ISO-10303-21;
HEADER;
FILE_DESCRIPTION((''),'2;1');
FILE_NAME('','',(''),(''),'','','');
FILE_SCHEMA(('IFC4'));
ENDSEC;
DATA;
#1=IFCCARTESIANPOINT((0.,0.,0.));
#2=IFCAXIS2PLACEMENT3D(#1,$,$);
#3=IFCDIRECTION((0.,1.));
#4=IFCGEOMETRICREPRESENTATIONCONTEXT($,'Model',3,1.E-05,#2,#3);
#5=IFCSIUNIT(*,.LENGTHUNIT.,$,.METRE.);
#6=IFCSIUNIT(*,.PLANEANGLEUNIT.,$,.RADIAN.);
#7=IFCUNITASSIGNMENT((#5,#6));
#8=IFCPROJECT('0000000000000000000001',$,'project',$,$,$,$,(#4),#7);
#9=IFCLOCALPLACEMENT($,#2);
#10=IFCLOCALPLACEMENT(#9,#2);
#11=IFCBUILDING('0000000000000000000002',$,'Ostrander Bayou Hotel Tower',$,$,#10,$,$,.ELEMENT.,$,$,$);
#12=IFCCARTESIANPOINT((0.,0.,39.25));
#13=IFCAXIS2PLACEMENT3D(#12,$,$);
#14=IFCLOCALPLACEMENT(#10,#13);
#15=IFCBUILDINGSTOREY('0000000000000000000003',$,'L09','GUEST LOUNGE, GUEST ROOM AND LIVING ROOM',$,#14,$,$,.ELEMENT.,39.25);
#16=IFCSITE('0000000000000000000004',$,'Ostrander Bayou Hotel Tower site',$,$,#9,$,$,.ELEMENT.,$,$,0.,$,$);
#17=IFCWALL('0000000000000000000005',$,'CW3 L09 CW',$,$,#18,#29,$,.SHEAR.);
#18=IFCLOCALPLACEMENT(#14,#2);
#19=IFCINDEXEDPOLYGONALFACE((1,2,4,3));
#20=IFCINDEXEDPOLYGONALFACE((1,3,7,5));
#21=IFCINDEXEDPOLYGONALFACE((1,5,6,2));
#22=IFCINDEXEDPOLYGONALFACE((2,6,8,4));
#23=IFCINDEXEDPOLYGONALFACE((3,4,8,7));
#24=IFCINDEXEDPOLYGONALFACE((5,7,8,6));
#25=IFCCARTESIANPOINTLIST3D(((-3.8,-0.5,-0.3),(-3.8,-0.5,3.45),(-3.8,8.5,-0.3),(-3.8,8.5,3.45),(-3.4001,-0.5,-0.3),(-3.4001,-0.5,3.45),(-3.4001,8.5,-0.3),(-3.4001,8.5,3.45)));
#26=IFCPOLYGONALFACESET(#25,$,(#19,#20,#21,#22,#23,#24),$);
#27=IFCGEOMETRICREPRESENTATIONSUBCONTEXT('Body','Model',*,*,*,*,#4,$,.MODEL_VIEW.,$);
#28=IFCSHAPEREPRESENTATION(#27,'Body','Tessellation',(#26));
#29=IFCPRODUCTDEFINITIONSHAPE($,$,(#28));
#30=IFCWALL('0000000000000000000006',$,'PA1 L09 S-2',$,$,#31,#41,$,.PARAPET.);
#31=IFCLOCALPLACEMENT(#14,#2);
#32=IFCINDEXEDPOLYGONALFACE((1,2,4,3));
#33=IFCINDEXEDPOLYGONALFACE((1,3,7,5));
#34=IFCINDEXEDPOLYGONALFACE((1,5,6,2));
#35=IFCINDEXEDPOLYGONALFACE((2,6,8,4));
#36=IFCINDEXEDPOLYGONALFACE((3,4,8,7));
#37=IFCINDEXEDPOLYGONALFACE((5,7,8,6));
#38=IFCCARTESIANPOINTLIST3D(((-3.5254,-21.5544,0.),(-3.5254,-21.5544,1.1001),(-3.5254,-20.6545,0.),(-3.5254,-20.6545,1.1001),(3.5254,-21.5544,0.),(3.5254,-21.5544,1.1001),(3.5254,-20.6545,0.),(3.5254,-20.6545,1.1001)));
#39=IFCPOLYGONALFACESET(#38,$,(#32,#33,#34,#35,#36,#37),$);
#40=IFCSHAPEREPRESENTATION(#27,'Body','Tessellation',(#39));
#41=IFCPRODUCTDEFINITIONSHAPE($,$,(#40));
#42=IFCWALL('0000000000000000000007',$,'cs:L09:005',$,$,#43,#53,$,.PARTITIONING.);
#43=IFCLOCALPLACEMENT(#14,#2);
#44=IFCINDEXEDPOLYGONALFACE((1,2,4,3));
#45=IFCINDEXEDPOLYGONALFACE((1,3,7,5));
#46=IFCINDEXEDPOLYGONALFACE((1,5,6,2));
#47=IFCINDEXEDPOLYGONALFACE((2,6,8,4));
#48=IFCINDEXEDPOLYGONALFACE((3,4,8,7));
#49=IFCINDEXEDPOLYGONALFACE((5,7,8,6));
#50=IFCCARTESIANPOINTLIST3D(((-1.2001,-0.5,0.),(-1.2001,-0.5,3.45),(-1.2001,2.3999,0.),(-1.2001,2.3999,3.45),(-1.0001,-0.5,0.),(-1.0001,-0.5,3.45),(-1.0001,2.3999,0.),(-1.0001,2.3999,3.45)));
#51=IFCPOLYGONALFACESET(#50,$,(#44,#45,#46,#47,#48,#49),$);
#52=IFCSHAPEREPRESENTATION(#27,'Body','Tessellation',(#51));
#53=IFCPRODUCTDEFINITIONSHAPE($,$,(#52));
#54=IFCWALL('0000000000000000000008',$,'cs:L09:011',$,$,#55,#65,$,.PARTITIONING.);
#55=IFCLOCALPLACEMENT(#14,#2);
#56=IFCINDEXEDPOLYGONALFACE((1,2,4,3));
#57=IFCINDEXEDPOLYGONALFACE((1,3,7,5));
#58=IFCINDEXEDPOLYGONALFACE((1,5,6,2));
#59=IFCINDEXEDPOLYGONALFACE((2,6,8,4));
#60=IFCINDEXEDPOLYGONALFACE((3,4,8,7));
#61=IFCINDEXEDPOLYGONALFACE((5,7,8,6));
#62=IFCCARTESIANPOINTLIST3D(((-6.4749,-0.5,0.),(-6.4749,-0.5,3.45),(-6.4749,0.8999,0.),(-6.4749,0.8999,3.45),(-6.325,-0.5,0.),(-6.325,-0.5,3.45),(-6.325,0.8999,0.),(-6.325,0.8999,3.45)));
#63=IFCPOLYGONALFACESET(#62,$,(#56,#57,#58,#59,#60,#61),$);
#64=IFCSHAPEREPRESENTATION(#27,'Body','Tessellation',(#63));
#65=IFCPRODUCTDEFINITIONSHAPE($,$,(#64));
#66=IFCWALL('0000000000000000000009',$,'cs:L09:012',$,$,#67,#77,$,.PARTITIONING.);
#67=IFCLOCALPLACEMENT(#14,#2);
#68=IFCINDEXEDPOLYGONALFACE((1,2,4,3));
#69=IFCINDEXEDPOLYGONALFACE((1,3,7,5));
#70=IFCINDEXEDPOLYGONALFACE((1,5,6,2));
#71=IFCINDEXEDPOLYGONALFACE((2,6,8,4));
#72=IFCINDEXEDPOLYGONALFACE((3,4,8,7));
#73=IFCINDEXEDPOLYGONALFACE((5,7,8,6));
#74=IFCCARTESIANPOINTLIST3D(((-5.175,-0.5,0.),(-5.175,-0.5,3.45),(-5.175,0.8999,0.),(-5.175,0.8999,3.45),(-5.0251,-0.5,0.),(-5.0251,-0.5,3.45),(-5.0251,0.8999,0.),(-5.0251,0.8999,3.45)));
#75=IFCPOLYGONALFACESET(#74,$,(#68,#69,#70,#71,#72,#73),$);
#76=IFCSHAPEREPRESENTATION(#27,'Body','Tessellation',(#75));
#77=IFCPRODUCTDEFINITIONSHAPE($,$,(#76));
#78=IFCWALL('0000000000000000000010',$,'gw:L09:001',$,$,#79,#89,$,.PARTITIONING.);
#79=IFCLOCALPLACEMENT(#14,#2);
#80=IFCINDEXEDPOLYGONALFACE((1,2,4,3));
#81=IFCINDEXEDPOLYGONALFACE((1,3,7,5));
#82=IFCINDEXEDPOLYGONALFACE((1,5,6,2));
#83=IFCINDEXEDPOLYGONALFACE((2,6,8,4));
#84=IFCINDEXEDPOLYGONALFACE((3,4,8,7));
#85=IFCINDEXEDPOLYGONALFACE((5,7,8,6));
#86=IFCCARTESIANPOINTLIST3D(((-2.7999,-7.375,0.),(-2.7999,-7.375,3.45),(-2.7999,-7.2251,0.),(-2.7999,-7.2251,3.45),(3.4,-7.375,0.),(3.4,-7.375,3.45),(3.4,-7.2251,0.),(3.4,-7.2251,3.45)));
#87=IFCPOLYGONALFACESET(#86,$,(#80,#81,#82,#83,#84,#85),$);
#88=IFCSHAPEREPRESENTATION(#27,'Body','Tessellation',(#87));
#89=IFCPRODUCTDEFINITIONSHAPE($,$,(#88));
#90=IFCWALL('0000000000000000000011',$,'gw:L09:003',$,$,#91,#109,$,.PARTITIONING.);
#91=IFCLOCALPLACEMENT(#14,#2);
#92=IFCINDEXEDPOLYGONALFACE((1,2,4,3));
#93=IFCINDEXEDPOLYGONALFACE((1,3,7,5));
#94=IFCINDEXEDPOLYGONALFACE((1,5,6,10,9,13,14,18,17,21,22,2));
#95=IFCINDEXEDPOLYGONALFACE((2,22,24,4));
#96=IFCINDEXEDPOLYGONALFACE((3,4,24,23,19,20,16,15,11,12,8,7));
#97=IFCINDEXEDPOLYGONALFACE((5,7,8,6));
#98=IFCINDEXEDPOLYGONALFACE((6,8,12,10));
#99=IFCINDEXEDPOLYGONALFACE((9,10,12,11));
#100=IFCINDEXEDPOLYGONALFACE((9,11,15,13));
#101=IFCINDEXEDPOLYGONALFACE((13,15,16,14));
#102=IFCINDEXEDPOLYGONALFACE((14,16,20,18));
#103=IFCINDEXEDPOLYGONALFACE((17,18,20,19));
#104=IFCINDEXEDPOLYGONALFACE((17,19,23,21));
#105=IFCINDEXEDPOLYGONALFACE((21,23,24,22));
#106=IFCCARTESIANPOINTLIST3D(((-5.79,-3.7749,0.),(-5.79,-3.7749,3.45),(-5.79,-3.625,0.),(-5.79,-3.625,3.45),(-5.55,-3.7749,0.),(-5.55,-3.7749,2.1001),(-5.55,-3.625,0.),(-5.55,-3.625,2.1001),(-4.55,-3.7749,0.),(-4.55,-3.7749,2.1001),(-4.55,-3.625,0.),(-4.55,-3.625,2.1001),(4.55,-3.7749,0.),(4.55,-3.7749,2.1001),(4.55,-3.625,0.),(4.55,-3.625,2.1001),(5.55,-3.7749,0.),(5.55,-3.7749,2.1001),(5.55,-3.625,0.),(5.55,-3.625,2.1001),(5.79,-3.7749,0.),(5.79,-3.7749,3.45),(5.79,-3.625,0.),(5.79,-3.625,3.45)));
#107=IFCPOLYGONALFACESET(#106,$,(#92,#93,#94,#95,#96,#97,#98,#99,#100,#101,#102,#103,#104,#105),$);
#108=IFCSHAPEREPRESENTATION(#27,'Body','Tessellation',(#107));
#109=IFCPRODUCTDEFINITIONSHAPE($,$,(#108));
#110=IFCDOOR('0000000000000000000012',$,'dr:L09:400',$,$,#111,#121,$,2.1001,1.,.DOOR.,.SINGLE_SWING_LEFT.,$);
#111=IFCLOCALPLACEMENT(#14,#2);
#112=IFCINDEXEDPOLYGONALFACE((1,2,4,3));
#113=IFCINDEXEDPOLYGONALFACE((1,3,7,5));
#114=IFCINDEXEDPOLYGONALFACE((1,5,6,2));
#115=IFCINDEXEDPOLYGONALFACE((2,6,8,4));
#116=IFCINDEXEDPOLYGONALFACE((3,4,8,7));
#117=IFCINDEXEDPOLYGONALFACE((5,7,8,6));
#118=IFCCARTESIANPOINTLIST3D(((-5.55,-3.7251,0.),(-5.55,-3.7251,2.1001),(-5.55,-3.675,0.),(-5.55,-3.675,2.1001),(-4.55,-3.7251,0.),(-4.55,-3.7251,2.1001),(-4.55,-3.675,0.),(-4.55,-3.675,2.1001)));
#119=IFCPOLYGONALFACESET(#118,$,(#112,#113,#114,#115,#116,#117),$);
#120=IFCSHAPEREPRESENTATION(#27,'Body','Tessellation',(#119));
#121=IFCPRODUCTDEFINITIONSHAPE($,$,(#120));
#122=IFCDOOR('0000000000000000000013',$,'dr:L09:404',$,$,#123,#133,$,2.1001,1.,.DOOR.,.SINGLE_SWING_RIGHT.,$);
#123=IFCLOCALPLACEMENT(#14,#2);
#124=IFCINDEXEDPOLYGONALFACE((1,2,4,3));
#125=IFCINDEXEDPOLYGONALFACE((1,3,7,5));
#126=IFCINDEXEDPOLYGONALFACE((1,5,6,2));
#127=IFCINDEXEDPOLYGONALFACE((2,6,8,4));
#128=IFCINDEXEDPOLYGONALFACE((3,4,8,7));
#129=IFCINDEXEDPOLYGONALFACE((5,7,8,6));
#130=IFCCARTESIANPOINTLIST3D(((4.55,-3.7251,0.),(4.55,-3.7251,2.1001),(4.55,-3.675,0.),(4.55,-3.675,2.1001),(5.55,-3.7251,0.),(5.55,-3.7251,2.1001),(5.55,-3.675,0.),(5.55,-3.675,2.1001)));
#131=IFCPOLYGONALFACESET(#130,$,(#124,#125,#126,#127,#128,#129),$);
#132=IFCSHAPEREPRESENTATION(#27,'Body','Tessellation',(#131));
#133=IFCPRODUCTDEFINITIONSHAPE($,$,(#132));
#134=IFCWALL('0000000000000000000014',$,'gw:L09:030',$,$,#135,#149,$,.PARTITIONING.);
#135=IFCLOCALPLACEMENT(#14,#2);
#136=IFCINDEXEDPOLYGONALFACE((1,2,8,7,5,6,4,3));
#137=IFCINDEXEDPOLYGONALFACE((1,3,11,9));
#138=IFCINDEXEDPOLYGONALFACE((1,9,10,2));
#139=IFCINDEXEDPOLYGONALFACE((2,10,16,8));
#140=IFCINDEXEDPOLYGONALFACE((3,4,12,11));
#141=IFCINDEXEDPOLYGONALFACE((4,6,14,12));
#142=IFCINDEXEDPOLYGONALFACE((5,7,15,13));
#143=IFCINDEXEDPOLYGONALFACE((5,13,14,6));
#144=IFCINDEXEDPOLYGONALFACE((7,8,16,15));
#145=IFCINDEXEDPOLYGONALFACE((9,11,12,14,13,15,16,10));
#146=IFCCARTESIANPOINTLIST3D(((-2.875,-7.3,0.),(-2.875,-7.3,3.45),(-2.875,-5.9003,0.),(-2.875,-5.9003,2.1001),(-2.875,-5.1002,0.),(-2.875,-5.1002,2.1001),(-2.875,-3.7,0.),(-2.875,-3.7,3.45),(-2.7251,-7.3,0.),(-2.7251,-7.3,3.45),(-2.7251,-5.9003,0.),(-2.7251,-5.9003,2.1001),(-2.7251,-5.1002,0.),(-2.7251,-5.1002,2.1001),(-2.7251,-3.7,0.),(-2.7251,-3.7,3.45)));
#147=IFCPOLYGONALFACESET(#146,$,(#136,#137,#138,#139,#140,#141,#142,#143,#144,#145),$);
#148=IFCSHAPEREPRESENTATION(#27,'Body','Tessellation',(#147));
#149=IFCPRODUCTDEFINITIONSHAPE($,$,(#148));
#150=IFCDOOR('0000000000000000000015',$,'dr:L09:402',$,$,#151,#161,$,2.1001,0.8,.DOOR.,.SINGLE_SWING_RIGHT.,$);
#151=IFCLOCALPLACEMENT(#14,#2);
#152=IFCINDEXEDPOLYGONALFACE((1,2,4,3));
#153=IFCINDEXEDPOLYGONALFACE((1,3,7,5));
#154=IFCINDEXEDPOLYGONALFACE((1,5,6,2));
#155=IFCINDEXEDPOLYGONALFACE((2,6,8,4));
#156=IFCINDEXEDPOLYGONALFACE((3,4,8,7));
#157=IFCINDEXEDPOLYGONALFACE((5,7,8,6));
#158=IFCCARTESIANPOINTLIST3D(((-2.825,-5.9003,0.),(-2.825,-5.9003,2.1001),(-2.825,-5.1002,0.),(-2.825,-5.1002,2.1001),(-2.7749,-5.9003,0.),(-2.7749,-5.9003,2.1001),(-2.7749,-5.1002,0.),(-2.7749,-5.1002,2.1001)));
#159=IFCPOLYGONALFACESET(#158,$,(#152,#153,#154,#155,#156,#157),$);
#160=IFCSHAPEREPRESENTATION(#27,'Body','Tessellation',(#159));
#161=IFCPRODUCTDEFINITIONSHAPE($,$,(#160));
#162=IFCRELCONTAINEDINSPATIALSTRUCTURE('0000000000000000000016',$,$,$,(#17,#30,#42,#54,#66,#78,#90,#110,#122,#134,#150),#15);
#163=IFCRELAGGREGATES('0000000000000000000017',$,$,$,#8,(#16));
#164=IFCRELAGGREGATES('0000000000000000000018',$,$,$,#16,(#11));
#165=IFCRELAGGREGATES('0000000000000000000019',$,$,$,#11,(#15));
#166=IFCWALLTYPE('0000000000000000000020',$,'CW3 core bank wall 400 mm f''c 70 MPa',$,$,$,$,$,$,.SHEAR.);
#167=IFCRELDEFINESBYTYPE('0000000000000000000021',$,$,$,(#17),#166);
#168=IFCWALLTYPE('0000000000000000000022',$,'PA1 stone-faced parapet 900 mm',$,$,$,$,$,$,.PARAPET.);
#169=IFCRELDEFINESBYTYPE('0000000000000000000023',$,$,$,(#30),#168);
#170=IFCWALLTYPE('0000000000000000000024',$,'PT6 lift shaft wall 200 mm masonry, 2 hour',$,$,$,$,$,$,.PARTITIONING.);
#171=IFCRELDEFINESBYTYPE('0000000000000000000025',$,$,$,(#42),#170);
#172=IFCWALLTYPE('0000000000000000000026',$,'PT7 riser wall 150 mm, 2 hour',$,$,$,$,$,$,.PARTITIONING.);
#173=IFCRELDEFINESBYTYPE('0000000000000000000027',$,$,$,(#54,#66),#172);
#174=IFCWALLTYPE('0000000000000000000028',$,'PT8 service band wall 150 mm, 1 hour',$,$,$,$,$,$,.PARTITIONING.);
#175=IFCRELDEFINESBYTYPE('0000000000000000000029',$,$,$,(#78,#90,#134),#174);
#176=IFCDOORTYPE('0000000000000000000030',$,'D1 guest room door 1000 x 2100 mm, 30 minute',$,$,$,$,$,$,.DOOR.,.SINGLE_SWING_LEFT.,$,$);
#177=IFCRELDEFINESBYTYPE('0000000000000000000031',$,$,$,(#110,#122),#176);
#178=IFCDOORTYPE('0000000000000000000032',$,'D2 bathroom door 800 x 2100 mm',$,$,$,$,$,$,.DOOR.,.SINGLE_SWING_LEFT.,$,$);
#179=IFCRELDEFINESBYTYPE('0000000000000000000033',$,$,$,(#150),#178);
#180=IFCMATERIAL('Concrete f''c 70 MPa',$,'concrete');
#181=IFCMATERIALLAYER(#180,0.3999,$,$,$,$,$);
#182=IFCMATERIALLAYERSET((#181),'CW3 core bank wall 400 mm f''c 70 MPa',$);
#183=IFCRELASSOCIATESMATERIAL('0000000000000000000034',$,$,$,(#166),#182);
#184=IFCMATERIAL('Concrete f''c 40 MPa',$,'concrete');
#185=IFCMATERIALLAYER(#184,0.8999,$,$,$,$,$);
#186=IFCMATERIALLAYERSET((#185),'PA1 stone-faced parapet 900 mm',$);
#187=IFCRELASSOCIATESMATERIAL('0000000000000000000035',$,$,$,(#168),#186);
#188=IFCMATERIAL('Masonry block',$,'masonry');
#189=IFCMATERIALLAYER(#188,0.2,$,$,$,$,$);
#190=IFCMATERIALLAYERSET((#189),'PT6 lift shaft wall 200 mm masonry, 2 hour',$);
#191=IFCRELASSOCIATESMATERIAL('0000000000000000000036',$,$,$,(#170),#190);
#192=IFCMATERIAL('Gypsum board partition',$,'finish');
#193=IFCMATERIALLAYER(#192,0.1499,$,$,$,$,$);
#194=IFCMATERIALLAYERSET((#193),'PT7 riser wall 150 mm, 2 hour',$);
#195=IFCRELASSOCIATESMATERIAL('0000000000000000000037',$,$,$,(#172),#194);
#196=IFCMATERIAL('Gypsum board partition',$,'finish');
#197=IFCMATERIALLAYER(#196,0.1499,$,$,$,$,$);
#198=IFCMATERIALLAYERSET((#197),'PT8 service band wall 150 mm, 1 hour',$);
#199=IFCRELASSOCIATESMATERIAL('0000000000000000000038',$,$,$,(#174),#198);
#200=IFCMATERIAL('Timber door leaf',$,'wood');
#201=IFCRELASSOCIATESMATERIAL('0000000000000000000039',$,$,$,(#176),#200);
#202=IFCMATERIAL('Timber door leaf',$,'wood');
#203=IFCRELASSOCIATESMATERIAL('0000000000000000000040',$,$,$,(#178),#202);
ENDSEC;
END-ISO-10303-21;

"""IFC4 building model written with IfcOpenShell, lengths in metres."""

from ifc_helpers import new_model, si_unit, direction, frame, frame_2d, origin, place, context, subcontext, project, spatial, rectangle, extrude, material, layer, layer_set, type_object, element, fill, save


model = new_model("IFC4")

# Units and contexts
model_context = context("Model", 3, precision=1e-05, world=origin(), true_north=direction((0.0, 1.0)))
body_context = subcontext(model_context, "Body", "Model", "MODEL_VIEW")
ifc_project = project(units=[si_unit("LENGTHUNIT", "METRE"), si_unit("PLANEANGLEUNIT", "RADIAN")], contexts=[model_context])

# Site, building, storey
site_placement = place(None, origin())
site = spatial("IfcSite", under=ifc_project, at=site_placement, Name="Ostrander Bayou Hotel Tower site", CompositionType="ELEMENT", RefElevation=0.0)
building_placement = place(site_placement, origin())
building = spatial("IfcBuilding", under=site, at=building_placement, Name="Ostrander Bayou Hotel Tower", CompositionType="ELEMENT")
storey_placement = place(building_placement, frame((0.0, 0.0, 39.25)))
storey = spatial("IfcBuildingStorey", under=building, at=storey_placement, Name="L09", Description="GUEST LOUNGE, GUEST ROOM AND LIVING ROOM", CompositionType="ELEMENT", Elevation=39.25)

# Walls
ifc_material_1 = material(Name="Concrete f'c 70 MPa", Category="concrete")
ifc_layer_1 = layer(ifc_material_1, 0.3999)
ifc_layer_set_1 = layer_set([ifc_layer_1], Name="CW3 core bank wall 400 mm f'c 70 MPa")
wall_type_1 = type_object("IfcWallType", Name="CW3 core bank wall 400 mm f'c 70 MPa", PredefinedType="SHEAR", material=ifc_layer_set_1)
wall_1_placement = place(storey_placement, frame((-3.6001, -0.5, -0.3), z_axis=(0.0, 0.0, 1.0), x_axis=(0.0, 1.0, 0.0)))
element("IfcWall", 1, at=wall_1_placement, inside=storey, type_object=wall_type_1, Name="CW3 L09 CW", PredefinedType="SHEAR", context=body_context, shape_type="SweptSolid", body=[
    extrude(rectangle(XDim=9.0, YDim=0.3999, at=frame_2d((4.5, 0.0))), origin(), (0.0, 0.0, 1.0), 3.75),
])
ifc_material_2 = material(Name="Concrete f'c 40 MPa", Category="concrete")
ifc_layer_2 = layer(ifc_material_2, 0.8999)
ifc_layer_set_2 = layer_set([ifc_layer_2], Name="PA1 stone-faced parapet 900 mm")
wall_type_2 = type_object("IfcWallType", Name="PA1 stone-faced parapet 900 mm", PredefinedType="PARAPET", material=ifc_layer_set_2)
wall_2_placement = place(storey_placement, frame((-3.5254, -21.1045, 0.0), z_axis=(0.0, 0.0, 1.0), x_axis=(1.0, 0.0, 0.0)))
element("IfcWall", 2, at=wall_2_placement, inside=storey, type_object=wall_type_2, Name="PA1 L09 S-2", PredefinedType="PARAPET", context=body_context, shape_type="SweptSolid", body=[
    extrude(rectangle(XDim=7.0508, YDim=0.8999, at=frame_2d((3.5254, 0.0))), origin(), (0.0, 0.0, 1.0), 1.1001),
])
ifc_material_3 = material(Name="Masonry block", Category="masonry")
ifc_layer_3 = layer(ifc_material_3, 0.2)
ifc_layer_set_3 = layer_set([ifc_layer_3], Name="PT6 lift shaft wall 200 mm masonry, 2 hour")
wall_type_3 = type_object("IfcWallType", Name="PT6 lift shaft wall 200 mm masonry, 2 hour", PredefinedType="PARTITIONING", material=ifc_layer_set_3)
wall_3_placement = place(storey_placement, frame((-1.1001, -0.5, 0.0), z_axis=(0.0, 0.0, 1.0), x_axis=(0.0, 1.0, 0.0)))
element("IfcWall", 3, at=wall_3_placement, inside=storey, type_object=wall_type_3, Name="cs:L09:005", PredefinedType="PARTITIONING", context=body_context, shape_type="SweptSolid", body=[
    extrude(rectangle(XDim=2.8999, YDim=0.2, at=frame_2d((1.45, 0.0))), origin(), (0.0, 0.0, 1.0), 3.45),
])
ifc_material_4 = material(Name="Gypsum board partition", Category="finish")
ifc_layer_4 = layer(ifc_material_4, 0.1499)
ifc_layer_set_4 = layer_set([ifc_layer_4], Name="PT7 riser wall 150 mm, 2 hour")
wall_type_4 = type_object("IfcWallType", Name="PT7 riser wall 150 mm, 2 hour", PredefinedType="PARTITIONING", material=ifc_layer_set_4)
for number, where, z_axis, x_axis, name in (
    (4, (-6.3999, -0.5, 0.0), (0.0, 0.0, 1.0), (0.0, 1.0, 0.0), "cs:L09:011"),
    (5, (-5.1001, -0.5, 0.0), (0.0, 0.0, 1.0), (0.0, 1.0, 0.0), "cs:L09:012"),
):
    element("IfcWall", number, at=place(storey_placement, frame(where, z_axis=z_axis, x_axis=x_axis)), inside=storey, type_object=wall_type_4, Name=name, PredefinedType="PARTITIONING", context=body_context, shape_type="SweptSolid", body=[
        extrude(rectangle(XDim=1.3999, YDim=0.1499, at=frame_2d((0.7, 0.0))), origin(), (0.0, 0.0, 1.0), 3.45),
    ])
ifc_material_5 = material(Name="Gypsum board partition", Category="finish")
ifc_layer_5 = layer(ifc_material_5, 0.1499)
ifc_layer_set_5 = layer_set([ifc_layer_5], Name="PT8 service band wall 150 mm, 1 hour")
wall_type_5 = type_object("IfcWallType", Name="PT8 service band wall 150 mm, 1 hour", PredefinedType="PARTITIONING", material=ifc_layer_set_5)
wall_4_placement = place(storey_placement, frame((-2.8, -7.3, 0.0), z_axis=(0.0, 0.0, 1.0), x_axis=(1.0, 0.0, 0.0)))
element("IfcWall", 6, at=wall_4_placement, inside=storey, type_object=wall_type_5, Name="gw:L09:001", PredefinedType="PARTITIONING", context=body_context, shape_type="SweptSolid", body=[
    extrude(rectangle(XDim=6.2, YDim=0.1499, at=frame_2d((3.1001, 0.0))), origin(), (0.0, 0.0, 1.0), 3.45),
])

# Wall, openings, doors
wall_5_placement = place(storey_placement, frame((-5.79, -3.7, 0.0), z_axis=(0.0, 0.0, 1.0), x_axis=(1.0, 0.0, 0.0)))
wall_5 = element("IfcWall", 7, at=wall_5_placement, inside=storey, type_object=wall_type_5, Name="gw:L09:003", PredefinedType="PARTITIONING", context=body_context, shape_type="SweptSolid", body=[
    extrude(rectangle(XDim=11.5801, YDim=0.1499, at=frame_2d((5.79, 0.0))), origin(), (0.0, 0.0, 1.0), 3.45),
])
opening_1_placement = place(wall_5_placement, frame((0.24, 0.0, 0.0)))
opening_1 = element("IfcOpeningElement", 8, at=opening_1_placement, cuts=wall_5, PredefinedType="OPENING", context=body_context, shape_type="SweptSolid", body=[
    extrude(rectangle(XDim=1.0, YDim=2.1001, at=frame_2d((0.5, 1.05))), frame((0.0, 0.075, 0.0), z_axis=(0.0, -1.0, 0.0), x_axis=(1.0, 0.0, 0.0)), (0.0, 0.0, 1.0), 0.1499),
])
opening_2_placement = place(wall_5_placement, frame((10.3401, 0.0, 0.0)))
opening_2 = element("IfcOpeningElement", 9, at=opening_2_placement, cuts=wall_5, PredefinedType="OPENING", context=body_context, shape_type="SweptSolid", body=[
    extrude(rectangle(XDim=1.0, YDim=2.1001, at=frame_2d((0.5, 1.05))), frame((0.0, 0.075, 0.0), z_axis=(0.0, -1.0, 0.0), x_axis=(1.0, 0.0, 0.0)), (0.0, 0.0, 1.0), 0.1499),
])
ifc_material_6 = material(Name="Timber door leaf", Category="wood")
door_type_1 = type_object("IfcDoorType", Name="D1 guest room door 1000 x 2100 mm, 30 minute", OperationType="SINGLE_SWING_LEFT", PredefinedType="DOOR", material=ifc_material_6)
door_1_placement = place(opening_1_placement, origin())
door_1 = element("IfcDoor", 10, at=door_1_placement, inside=storey, type_object=door_type_1, Name="dr:L09:400", OperationType="SINGLE_SWING_LEFT", OverallHeight=2.1001, OverallWidth=1.0, PredefinedType="DOOR", context=body_context, shape_type="SweptSolid", body=[
    extrude(rectangle(XDim=1.0, YDim=2.1001, at=frame_2d((0.5, 1.05))), frame((0.0, 0.0249, 0.0), z_axis=(0.0, -1.0, 0.0), x_axis=(1.0, 0.0, 0.0)), (0.0, 0.0, 1.0), 0.05),
])
fill(opening_1, door_1)
door_2_placement = place(opening_2_placement, origin())
door_2 = element("IfcDoor", 11, at=door_2_placement, inside=storey, type_object=door_type_1, Name="dr:L09:404", OperationType="SINGLE_SWING_RIGHT", OverallHeight=2.1001, OverallWidth=1.0, PredefinedType="DOOR", context=body_context, shape_type="SweptSolid", body=[
    extrude(rectangle(XDim=1.0, YDim=2.1001, at=frame_2d((0.5, 1.05))), frame((0.0, 0.0249, 0.0), z_axis=(0.0, -1.0, 0.0), x_axis=(1.0, 0.0, 0.0)), (0.0, 0.0, 1.0), 0.05),
])
fill(opening_2, door_2)

# Wall, opening, door
wall_6_placement = place(storey_placement, frame((-2.8, -7.3, 0.0), z_axis=(0.0, 0.0, 1.0), x_axis=(0.0, 1.0, 0.0)))
wall_6 = element("IfcWall", 12, at=wall_6_placement, inside=storey, type_object=wall_type_5, Name="gw:L09:030", PredefinedType="PARTITIONING", context=body_context, shape_type="SweptSolid", body=[
    extrude(rectangle(XDim=3.6001, YDim=0.1499, at=frame_2d((1.8, 0.0))), origin(), (0.0, 0.0, 1.0), 3.45),
])
opening_3_placement = place(wall_6_placement, frame((1.3999, 0.0, 0.0)))
opening_3 = element("IfcOpeningElement", 13, at=opening_3_placement, cuts=wall_6, PredefinedType="OPENING", context=body_context, shape_type="SweptSolid", body=[
    extrude(rectangle(XDim=0.8, YDim=2.1001, at=frame_2d((0.3999, 1.05))), frame((0.0, 0.075, 0.0), z_axis=(0.0, -1.0, 0.0), x_axis=(1.0, 0.0, 0.0)), (0.0, 0.0, 1.0), 0.1499),
])
ifc_material_7 = material(Name="Timber door leaf", Category="wood")
door_type_2 = type_object("IfcDoorType", Name="D2 bathroom door 800 x 2100 mm", OperationType="SINGLE_SWING_LEFT", PredefinedType="DOOR", material=ifc_material_7)
door_3_placement = place(opening_3_placement, origin())
door_3 = element("IfcDoor", 14, at=door_3_placement, inside=storey, type_object=door_type_2, Name="dr:L09:402", OperationType="SINGLE_SWING_RIGHT", OverallHeight=2.1001, OverallWidth=0.8, PredefinedType="DOOR", context=body_context, shape_type="SweptSolid", body=[
    extrude(rectangle(XDim=0.8, YDim=2.1001, at=frame_2d((0.3999, 1.05))), frame((0.0, 0.0249, 0.0), z_axis=(0.0, -1.0, 0.0), x_axis=(1.0, 0.0, 0.0)), (0.0, 0.0, 1.0), 0.05),
])
fill(opening_3, door_3)

save(model, "model.ifc")
